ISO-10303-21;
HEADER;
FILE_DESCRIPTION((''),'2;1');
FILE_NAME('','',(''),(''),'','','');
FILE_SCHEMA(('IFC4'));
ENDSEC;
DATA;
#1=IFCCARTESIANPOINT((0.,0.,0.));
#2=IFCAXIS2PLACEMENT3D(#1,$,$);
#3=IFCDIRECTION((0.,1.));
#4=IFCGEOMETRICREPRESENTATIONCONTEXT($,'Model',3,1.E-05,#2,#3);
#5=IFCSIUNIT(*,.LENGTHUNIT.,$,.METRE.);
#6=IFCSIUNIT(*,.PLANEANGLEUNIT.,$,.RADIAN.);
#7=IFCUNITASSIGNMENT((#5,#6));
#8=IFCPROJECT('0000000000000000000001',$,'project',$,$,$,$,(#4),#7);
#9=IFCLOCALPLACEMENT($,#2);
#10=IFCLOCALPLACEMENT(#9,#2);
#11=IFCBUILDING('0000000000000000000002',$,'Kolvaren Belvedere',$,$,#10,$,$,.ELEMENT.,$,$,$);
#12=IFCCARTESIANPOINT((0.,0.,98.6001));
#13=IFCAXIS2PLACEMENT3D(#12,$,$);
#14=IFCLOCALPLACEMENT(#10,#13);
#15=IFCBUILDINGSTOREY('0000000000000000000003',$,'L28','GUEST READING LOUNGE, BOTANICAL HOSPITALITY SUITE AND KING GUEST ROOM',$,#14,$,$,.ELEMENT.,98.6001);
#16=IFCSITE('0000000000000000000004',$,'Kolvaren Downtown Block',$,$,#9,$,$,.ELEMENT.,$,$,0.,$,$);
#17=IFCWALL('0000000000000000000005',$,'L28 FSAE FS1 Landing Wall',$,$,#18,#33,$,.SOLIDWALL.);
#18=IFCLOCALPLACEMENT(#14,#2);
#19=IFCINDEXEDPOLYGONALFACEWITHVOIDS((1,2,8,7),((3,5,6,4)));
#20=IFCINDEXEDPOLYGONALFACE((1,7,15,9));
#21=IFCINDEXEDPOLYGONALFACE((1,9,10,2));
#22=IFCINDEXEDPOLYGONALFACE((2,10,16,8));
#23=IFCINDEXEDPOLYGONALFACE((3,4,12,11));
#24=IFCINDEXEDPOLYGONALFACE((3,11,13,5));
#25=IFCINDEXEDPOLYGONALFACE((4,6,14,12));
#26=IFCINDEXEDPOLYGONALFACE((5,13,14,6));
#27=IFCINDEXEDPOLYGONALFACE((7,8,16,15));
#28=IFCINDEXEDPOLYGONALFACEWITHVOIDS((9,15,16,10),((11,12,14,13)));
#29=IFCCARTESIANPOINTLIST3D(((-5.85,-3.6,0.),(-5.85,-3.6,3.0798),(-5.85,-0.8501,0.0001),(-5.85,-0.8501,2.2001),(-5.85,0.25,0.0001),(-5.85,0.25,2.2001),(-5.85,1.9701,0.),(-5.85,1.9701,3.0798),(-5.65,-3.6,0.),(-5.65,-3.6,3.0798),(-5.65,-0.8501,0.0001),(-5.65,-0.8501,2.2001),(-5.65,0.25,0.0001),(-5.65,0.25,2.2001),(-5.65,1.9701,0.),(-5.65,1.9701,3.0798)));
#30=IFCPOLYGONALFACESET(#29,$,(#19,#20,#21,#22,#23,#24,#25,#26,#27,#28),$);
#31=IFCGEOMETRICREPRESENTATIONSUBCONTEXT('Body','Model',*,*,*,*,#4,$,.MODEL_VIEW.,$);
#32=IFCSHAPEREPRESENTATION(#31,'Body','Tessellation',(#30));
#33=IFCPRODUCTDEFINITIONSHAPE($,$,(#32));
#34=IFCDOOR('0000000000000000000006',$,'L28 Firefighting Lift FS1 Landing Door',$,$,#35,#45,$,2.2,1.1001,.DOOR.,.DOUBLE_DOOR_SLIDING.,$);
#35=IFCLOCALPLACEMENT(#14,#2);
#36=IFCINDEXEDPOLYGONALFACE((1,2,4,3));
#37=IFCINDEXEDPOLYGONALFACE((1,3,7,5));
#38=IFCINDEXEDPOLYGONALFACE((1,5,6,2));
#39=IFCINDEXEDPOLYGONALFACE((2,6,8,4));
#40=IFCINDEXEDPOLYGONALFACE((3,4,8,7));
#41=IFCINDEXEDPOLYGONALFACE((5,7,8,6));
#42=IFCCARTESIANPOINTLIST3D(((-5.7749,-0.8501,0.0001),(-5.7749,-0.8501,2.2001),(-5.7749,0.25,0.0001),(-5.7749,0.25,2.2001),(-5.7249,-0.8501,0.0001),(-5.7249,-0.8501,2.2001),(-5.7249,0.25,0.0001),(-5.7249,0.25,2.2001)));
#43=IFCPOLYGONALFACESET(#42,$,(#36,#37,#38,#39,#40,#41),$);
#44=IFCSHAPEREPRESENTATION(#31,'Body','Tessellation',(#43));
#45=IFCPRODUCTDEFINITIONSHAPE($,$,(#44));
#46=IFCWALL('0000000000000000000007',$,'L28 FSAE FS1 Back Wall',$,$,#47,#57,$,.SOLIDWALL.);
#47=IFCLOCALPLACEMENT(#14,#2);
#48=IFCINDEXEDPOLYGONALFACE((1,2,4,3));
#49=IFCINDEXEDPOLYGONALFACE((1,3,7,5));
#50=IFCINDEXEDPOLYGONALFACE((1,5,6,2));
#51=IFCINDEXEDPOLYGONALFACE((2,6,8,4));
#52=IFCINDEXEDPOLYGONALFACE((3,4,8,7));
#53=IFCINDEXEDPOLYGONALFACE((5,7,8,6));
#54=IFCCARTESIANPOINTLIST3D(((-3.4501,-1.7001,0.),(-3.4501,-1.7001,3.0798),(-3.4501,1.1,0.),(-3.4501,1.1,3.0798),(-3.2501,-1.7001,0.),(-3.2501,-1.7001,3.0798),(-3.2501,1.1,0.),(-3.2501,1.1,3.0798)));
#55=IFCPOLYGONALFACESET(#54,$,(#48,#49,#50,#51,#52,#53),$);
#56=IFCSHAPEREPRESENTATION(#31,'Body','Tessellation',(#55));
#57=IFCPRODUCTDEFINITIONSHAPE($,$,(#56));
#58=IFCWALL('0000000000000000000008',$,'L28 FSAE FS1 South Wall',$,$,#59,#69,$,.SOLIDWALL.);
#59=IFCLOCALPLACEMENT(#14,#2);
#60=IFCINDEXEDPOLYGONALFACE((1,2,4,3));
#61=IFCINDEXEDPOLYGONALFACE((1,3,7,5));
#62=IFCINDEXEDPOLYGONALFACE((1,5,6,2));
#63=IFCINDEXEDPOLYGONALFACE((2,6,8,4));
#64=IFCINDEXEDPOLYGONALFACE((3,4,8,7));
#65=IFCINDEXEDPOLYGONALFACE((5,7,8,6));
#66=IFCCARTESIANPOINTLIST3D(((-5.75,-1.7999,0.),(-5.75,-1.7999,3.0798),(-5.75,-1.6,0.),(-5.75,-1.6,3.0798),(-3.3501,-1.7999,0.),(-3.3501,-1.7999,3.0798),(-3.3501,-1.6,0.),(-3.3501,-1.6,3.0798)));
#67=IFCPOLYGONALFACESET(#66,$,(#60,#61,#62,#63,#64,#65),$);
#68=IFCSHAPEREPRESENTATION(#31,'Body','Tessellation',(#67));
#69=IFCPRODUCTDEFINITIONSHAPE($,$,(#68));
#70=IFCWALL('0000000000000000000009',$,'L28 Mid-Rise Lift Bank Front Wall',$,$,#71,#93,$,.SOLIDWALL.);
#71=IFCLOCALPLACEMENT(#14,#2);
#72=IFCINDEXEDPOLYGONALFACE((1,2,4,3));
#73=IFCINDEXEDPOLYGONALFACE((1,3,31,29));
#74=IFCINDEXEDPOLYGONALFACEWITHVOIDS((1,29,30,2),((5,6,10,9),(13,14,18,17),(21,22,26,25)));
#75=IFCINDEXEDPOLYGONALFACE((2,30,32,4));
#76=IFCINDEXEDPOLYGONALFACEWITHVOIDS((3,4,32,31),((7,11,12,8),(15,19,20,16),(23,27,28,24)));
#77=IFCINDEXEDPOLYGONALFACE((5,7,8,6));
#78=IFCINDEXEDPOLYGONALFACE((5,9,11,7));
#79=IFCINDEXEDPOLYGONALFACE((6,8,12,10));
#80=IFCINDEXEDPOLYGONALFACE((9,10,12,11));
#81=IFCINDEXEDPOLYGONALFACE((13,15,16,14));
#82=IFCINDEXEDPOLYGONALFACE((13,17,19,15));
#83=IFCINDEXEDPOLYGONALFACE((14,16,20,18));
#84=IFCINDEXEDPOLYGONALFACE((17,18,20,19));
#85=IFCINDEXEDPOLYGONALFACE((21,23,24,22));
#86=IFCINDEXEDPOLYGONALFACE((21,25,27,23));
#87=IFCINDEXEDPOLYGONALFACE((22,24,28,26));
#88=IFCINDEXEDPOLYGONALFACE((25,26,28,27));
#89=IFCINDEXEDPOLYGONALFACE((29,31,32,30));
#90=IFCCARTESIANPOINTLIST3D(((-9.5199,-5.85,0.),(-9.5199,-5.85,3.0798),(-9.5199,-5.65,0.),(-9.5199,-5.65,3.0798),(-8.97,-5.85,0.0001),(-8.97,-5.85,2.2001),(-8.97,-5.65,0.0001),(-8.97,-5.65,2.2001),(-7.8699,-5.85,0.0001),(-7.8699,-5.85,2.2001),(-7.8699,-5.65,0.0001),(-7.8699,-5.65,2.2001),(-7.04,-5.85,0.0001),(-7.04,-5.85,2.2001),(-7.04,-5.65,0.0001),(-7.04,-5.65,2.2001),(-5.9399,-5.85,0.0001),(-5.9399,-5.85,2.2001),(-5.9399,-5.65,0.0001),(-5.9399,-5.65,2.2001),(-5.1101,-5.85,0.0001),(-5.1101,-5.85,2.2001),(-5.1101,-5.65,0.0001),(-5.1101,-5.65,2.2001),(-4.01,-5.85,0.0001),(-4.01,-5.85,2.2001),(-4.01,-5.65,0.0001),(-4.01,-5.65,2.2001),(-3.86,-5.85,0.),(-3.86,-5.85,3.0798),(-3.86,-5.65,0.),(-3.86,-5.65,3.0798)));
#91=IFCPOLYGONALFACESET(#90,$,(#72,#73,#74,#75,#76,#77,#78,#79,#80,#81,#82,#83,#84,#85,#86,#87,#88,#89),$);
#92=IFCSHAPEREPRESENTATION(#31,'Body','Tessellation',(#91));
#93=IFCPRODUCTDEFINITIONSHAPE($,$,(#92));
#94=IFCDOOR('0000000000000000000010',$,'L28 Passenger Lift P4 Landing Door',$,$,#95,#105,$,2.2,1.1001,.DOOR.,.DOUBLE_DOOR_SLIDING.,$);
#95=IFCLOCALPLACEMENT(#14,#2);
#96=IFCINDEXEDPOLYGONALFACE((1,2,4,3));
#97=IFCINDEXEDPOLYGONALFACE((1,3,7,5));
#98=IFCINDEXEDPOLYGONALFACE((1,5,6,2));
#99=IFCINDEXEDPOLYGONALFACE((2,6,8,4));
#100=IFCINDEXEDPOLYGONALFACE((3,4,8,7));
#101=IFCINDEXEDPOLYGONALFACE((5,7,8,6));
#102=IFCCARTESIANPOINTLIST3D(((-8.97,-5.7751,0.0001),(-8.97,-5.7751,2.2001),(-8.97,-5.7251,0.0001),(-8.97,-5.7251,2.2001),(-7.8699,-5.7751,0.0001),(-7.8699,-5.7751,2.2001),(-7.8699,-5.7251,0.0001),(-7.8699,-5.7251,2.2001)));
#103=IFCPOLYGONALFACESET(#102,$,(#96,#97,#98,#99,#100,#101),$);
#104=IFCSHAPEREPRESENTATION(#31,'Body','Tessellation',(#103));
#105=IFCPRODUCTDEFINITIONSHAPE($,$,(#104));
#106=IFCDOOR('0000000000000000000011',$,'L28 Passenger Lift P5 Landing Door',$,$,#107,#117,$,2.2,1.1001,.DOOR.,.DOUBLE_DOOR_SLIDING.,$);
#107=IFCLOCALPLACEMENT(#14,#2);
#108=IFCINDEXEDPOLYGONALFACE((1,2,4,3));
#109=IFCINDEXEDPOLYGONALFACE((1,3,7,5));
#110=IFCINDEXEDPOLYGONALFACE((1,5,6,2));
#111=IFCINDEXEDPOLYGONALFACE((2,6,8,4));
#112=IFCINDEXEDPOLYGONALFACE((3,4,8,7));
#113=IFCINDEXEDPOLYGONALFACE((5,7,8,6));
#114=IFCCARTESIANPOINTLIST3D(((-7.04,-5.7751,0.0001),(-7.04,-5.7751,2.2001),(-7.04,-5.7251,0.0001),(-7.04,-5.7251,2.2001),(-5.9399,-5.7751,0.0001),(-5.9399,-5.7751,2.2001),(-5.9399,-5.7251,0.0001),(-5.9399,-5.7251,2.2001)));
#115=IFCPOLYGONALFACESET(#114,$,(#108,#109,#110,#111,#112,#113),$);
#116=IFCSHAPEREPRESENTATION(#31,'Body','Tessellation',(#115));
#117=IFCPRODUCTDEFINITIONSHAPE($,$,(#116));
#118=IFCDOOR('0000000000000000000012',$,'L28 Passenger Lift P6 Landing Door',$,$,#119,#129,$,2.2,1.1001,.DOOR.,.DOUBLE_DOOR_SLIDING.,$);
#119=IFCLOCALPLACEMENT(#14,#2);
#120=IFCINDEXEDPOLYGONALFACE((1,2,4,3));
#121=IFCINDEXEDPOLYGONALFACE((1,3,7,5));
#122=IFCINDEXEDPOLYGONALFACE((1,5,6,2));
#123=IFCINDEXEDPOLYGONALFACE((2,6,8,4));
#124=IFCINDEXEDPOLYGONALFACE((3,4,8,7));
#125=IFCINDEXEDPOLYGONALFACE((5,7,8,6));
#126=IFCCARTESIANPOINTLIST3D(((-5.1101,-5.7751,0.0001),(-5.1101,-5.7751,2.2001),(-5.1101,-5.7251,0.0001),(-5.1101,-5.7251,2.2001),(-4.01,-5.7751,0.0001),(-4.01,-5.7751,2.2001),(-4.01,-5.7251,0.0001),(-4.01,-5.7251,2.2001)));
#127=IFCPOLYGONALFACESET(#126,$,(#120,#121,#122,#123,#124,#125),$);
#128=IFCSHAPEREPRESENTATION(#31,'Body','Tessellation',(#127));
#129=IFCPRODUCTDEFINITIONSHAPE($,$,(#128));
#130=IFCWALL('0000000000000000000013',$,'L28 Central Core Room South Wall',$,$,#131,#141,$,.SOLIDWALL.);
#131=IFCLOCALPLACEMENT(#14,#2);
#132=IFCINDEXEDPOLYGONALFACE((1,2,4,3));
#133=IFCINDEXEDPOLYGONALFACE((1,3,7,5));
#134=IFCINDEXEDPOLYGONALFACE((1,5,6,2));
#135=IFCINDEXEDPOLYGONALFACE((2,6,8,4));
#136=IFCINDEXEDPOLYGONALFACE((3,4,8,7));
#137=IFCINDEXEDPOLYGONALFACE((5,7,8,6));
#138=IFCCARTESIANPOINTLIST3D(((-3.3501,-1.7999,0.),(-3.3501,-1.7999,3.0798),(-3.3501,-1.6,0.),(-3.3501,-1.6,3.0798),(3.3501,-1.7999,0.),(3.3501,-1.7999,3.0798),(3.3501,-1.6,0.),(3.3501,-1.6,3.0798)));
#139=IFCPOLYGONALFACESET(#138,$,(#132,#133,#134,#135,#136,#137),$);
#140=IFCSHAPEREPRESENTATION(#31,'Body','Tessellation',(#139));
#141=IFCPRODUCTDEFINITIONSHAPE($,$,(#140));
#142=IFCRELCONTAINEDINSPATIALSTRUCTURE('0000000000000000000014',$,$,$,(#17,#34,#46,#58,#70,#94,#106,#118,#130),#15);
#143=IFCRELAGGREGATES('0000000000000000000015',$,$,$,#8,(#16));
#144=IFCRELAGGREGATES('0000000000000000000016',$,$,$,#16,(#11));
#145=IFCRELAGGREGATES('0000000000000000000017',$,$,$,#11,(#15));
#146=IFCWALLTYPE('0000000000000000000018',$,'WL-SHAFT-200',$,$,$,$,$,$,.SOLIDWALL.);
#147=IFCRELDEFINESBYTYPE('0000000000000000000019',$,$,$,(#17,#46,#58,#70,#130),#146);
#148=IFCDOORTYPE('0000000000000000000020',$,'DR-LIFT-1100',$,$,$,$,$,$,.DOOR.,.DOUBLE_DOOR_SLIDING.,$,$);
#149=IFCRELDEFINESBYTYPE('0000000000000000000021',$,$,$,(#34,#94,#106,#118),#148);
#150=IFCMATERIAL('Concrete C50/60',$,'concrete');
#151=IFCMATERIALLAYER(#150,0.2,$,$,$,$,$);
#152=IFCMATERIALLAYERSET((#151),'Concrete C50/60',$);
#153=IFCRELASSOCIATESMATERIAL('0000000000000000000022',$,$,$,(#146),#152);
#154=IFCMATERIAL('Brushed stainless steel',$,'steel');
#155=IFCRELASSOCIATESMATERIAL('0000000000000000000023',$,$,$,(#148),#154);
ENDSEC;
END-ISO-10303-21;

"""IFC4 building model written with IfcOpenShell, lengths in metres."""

from ifc_helpers import new_model, si_unit, direction, frame, frame_2d, origin, place, context, subcontext, project, spatial, rectangle, extrude, material, layer, layer_set, type_object, element, fill, save


model = new_model("IFC4")

# Units and contexts
model_context = context("Model", 3, precision=1e-05, world=origin(), true_north=direction((0.0, 1.0)))
body_context = subcontext(model_context, "Body", "Model", "MODEL_VIEW")
ifc_project = project(units=[si_unit("LENGTHUNIT", "METRE"), si_unit("PLANEANGLEUNIT", "RADIAN")], contexts=[model_context])

# Site, building, storey
site_placement = place(None, origin())
site = spatial("IfcSite", under=ifc_project, at=site_placement, Name="Kolvaren Downtown Block", CompositionType="ELEMENT", RefElevation=0.0)
building_placement = place(site_placement, origin())
building = spatial("IfcBuilding", under=site, at=building_placement, Name="Kolvaren Belvedere", CompositionType="ELEMENT")
storey_placement = place(building_placement, frame((0.0, 0.0, 98.6001)))
storey = spatial("IfcBuildingStorey", under=building, at=storey_placement, Name="L28", Description="GUEST READING LOUNGE, BOTANICAL HOSPITALITY SUITE AND KING GUEST ROOM", CompositionType="ELEMENT", Elevation=98.6001)

# Wall, opening, door
ifc_material_1 = material(Name="Concrete C50/60", Category="concrete")
ifc_layer_1 = layer(ifc_material_1, 0.2)
ifc_layer_set_1 = layer_set([ifc_layer_1], Name="Concrete C50/60")
wall_type_1 = type_object("IfcWallType", Name="WL-SHAFT-200", PredefinedType="SOLIDWALL", material=ifc_layer_set_1)
wall_1_placement = place(storey_placement, frame((-5.75, -3.6001, 0.0), z_axis=(0.0, 0.0, 1.0), x_axis=(0.0, 1.0, 0.0)))
wall_1 = element("IfcWall", 1, at=wall_1_placement, inside=storey, type_object=wall_type_1, Name="L28 FSAE FS1 Landing Wall", PredefinedType="SOLIDWALL", context=body_context, shape_type="SweptSolid", body=[
    extrude(rectangle(XDim=5.5701, YDim=0.2, at=frame_2d((2.7852, 0.0))), origin(), (0.0, 0.0, 1.0), 3.0798),
])
opening_1_placement = place(wall_1_placement, frame((2.75, 0.0, 0.0)))
opening_1 = element("IfcOpeningElement", 2, at=opening_1_placement, cuts=wall_1, PredefinedType="OPENING", context=body_context, shape_type="SweptSolid", body=[
    extrude(rectangle(XDim=1.1001, YDim=2.2, at=frame_2d((0.55, 1.1001))), frame((0.0, 0.1099, 0.0), z_axis=(0.0, -1.0, 0.0), x_axis=(1.0, 0.0, 0.0)), (0.0, 0.0, 1.0), 0.22),
])
ifc_material_2 = material(Name="Brushed stainless steel", Category="steel")
door_type_1 = type_object("IfcDoorType", Name="DR-LIFT-1100", OperationType="DOUBLE_DOOR_SLIDING", PredefinedType="DOOR", material=ifc_material_2)
door_1_placement = place(opening_1_placement, origin())
door_1 = element("IfcDoor", 3, at=door_1_placement, inside=storey, type_object=door_type_1, Name="L28 Firefighting Lift FS1 Landing Door", OperationType="DOUBLE_DOOR_SLIDING", OverallHeight=2.2, OverallWidth=1.1001, PredefinedType="DOOR", context=body_context, shape_type="SweptSolid", body=[
    extrude(rectangle(XDim=1.1001, YDim=2.2, at=frame_2d((0.55, 1.1001))), frame((0.0, 0.0249, 0.0), z_axis=(0.0, -1.0, 0.0), x_axis=(1.0, 0.0, 0.0)), (0.0, 0.0, 1.0), 0.05),
])
fill(opening_1, door_1)

# Walls
wall_2_placement = place(storey_placement, frame((-3.3501, -1.7, 0.0), z_axis=(0.0, 0.0, 1.0), x_axis=(0.0, 1.0, 0.0)))
element("IfcWall", 4, at=wall_2_placement, inside=storey, type_object=wall_type_1, Name="L28 FSAE FS1 Back Wall", PredefinedType="SOLIDWALL", context=body_context, shape_type="SweptSolid", body=[
    extrude(rectangle(XDim=2.8, YDim=0.2, at=frame_2d((1.3999, 0.0))), origin(), (0.0, 0.0, 1.0), 3.0798),
])
wall_3_placement = place(storey_placement, frame((-5.75, -1.7, 0.0), z_axis=(0.0, 0.0, 1.0), x_axis=(1.0, 0.0, 0.0)))
element("IfcWall", 5, at=wall_3_placement, inside=storey, type_object=wall_type_1, Name="L28 FSAE FS1 South Wall", PredefinedType="SOLIDWALL", context=body_context, shape_type="SweptSolid", body=[
    extrude(rectangle(XDim=2.3999, YDim=0.2, at=frame_2d((1.2, 0.0))), origin(), (0.0, 0.0, 1.0), 3.0798),
])

# Wall, openings, doors
wall_4_placement = place(storey_placement, frame((-9.52, -5.75, 0.0), z_axis=(0.0, 0.0, 1.0), x_axis=(1.0, 0.0, 0.0)))
wall_4 = element("IfcWall", 6, at=wall_4_placement, inside=storey, type_object=wall_type_1, Name="L28 Mid-Rise Lift Bank Front Wall", PredefinedType="SOLIDWALL", context=body_context, shape_type="SweptSolid", body=[
    extrude(rectangle(XDim=5.6599, YDim=0.2, at=frame_2d((2.8301, 0.0))), origin(), (0.0, 0.0, 1.0), 3.0798),
])
opening_2_placement = place(wall_4_placement, frame((0.55, 0.0, 0.0)))
opening_2 = element("IfcOpeningElement", 7, at=opening_2_placement, cuts=wall_4, PredefinedType="OPENING", context=body_context, shape_type="SweptSolid", body=[
    extrude(rectangle(XDim=1.1001, YDim=2.2, at=frame_2d((0.55, 1.1001))), frame((0.0, 0.1099, 0.0), z_axis=(0.0, -1.0, 0.0), x_axis=(1.0, 0.0, 0.0)), (0.0, 0.0, 1.0), 0.22),
])
opening_3_placement = place(wall_4_placement, frame((2.48, 0.0, 0.0)))
opening_3 = element("IfcOpeningElement", 8, at=opening_3_placement, cuts=wall_4, PredefinedType="OPENING", context=body_context, shape_type="SweptSolid", body=[
    extrude(rectangle(XDim=1.1001, YDim=2.2, at=frame_2d((0.55, 1.1001))), frame((0.0, 0.1099, 0.0), z_axis=(0.0, -1.0, 0.0), x_axis=(1.0, 0.0, 0.0)), (0.0, 0.0, 1.0), 0.22),
])
opening_4_placement = place(wall_4_placement, frame((4.4099, 0.0, 0.0)))
opening_4 = element("IfcOpeningElement", 9, at=opening_4_placement, cuts=wall_4, PredefinedType="OPENING", context=body_context, shape_type="SweptSolid", body=[
    extrude(rectangle(XDim=1.1001, YDim=2.2, at=frame_2d((0.55, 1.1001))), frame((0.0, 0.1099, 0.0), z_axis=(0.0, -1.0, 0.0), x_axis=(1.0, 0.0, 0.0)), (0.0, 0.0, 1.0), 0.22),
])
door_2_placement = place(opening_2_placement, origin())
door_2 = element("IfcDoor", 10, at=door_2_placement, inside=storey, type_object=door_type_1, Name="L28 Passenger Lift P4 Landing Door", OperationType="DOUBLE_DOOR_SLIDING", OverallHeight=2.2, OverallWidth=1.1001, PredefinedType="DOOR", context=body_context, shape_type="SweptSolid", body=[
    extrude(rectangle(XDim=1.1001, YDim=2.2, at=frame_2d((0.55, 1.1001))), frame((0.0, 0.0249, 0.0), z_axis=(0.0, -1.0, 0.0), x_axis=(1.0, 0.0, 0.0)), (0.0, 0.0, 1.0), 0.05),
])
fill(opening_2, door_2)
door_3_placement = place(opening_3_placement, origin())
door_3 = element("IfcDoor", 11, at=door_3_placement, inside=storey, type_object=door_type_1, Name="L28 Passenger Lift P5 Landing Door", OperationType="DOUBLE_DOOR_SLIDING", OverallHeight=2.2, OverallWidth=1.1001, PredefinedType="DOOR", context=body_context, shape_type="SweptSolid", body=[
    extrude(rectangle(XDim=1.1001, YDim=2.2, at=frame_2d((0.55, 1.1001))), frame((0.0, 0.0249, 0.0), z_axis=(0.0, -1.0, 0.0), x_axis=(1.0, 0.0, 0.0)), (0.0, 0.0, 1.0), 0.05),
])
fill(opening_3, door_3)
door_4_placement = place(opening_4_placement, origin())
door_4 = element("IfcDoor", 12, at=door_4_placement, inside=storey, type_object=door_type_1, Name="L28 Passenger Lift P6 Landing Door", OperationType="DOUBLE_DOOR_SLIDING", OverallHeight=2.2, OverallWidth=1.1001, PredefinedType="DOOR", context=body_context, shape_type="SweptSolid", body=[
    extrude(rectangle(XDim=1.1001, YDim=2.2, at=frame_2d((0.55, 1.1001))), frame((0.0, 0.0249, 0.0), z_axis=(0.0, -1.0, 0.0), x_axis=(1.0, 0.0, 0.0)), (0.0, 0.0, 1.0), 0.05),
])
fill(opening_4, door_4)

# Wall
wall_5_placement = place(storey_placement, frame((-3.3501, -1.7, 0.0), z_axis=(0.0, 0.0, 1.0), x_axis=(1.0, 0.0, 0.0)))
element("IfcWall", 13, at=wall_5_placement, inside=storey, type_object=wall_type_1, Name="L28 Central Core Room South Wall", PredefinedType="SOLIDWALL", context=body_context, shape_type="SweptSolid", body=[
    extrude(rectangle(XDim=6.7002, YDim=0.2, at=frame_2d((3.3501, 0.0))), origin(), (0.0, 0.0, 1.0), 3.0798),
])

save(model, "model.ifc")
